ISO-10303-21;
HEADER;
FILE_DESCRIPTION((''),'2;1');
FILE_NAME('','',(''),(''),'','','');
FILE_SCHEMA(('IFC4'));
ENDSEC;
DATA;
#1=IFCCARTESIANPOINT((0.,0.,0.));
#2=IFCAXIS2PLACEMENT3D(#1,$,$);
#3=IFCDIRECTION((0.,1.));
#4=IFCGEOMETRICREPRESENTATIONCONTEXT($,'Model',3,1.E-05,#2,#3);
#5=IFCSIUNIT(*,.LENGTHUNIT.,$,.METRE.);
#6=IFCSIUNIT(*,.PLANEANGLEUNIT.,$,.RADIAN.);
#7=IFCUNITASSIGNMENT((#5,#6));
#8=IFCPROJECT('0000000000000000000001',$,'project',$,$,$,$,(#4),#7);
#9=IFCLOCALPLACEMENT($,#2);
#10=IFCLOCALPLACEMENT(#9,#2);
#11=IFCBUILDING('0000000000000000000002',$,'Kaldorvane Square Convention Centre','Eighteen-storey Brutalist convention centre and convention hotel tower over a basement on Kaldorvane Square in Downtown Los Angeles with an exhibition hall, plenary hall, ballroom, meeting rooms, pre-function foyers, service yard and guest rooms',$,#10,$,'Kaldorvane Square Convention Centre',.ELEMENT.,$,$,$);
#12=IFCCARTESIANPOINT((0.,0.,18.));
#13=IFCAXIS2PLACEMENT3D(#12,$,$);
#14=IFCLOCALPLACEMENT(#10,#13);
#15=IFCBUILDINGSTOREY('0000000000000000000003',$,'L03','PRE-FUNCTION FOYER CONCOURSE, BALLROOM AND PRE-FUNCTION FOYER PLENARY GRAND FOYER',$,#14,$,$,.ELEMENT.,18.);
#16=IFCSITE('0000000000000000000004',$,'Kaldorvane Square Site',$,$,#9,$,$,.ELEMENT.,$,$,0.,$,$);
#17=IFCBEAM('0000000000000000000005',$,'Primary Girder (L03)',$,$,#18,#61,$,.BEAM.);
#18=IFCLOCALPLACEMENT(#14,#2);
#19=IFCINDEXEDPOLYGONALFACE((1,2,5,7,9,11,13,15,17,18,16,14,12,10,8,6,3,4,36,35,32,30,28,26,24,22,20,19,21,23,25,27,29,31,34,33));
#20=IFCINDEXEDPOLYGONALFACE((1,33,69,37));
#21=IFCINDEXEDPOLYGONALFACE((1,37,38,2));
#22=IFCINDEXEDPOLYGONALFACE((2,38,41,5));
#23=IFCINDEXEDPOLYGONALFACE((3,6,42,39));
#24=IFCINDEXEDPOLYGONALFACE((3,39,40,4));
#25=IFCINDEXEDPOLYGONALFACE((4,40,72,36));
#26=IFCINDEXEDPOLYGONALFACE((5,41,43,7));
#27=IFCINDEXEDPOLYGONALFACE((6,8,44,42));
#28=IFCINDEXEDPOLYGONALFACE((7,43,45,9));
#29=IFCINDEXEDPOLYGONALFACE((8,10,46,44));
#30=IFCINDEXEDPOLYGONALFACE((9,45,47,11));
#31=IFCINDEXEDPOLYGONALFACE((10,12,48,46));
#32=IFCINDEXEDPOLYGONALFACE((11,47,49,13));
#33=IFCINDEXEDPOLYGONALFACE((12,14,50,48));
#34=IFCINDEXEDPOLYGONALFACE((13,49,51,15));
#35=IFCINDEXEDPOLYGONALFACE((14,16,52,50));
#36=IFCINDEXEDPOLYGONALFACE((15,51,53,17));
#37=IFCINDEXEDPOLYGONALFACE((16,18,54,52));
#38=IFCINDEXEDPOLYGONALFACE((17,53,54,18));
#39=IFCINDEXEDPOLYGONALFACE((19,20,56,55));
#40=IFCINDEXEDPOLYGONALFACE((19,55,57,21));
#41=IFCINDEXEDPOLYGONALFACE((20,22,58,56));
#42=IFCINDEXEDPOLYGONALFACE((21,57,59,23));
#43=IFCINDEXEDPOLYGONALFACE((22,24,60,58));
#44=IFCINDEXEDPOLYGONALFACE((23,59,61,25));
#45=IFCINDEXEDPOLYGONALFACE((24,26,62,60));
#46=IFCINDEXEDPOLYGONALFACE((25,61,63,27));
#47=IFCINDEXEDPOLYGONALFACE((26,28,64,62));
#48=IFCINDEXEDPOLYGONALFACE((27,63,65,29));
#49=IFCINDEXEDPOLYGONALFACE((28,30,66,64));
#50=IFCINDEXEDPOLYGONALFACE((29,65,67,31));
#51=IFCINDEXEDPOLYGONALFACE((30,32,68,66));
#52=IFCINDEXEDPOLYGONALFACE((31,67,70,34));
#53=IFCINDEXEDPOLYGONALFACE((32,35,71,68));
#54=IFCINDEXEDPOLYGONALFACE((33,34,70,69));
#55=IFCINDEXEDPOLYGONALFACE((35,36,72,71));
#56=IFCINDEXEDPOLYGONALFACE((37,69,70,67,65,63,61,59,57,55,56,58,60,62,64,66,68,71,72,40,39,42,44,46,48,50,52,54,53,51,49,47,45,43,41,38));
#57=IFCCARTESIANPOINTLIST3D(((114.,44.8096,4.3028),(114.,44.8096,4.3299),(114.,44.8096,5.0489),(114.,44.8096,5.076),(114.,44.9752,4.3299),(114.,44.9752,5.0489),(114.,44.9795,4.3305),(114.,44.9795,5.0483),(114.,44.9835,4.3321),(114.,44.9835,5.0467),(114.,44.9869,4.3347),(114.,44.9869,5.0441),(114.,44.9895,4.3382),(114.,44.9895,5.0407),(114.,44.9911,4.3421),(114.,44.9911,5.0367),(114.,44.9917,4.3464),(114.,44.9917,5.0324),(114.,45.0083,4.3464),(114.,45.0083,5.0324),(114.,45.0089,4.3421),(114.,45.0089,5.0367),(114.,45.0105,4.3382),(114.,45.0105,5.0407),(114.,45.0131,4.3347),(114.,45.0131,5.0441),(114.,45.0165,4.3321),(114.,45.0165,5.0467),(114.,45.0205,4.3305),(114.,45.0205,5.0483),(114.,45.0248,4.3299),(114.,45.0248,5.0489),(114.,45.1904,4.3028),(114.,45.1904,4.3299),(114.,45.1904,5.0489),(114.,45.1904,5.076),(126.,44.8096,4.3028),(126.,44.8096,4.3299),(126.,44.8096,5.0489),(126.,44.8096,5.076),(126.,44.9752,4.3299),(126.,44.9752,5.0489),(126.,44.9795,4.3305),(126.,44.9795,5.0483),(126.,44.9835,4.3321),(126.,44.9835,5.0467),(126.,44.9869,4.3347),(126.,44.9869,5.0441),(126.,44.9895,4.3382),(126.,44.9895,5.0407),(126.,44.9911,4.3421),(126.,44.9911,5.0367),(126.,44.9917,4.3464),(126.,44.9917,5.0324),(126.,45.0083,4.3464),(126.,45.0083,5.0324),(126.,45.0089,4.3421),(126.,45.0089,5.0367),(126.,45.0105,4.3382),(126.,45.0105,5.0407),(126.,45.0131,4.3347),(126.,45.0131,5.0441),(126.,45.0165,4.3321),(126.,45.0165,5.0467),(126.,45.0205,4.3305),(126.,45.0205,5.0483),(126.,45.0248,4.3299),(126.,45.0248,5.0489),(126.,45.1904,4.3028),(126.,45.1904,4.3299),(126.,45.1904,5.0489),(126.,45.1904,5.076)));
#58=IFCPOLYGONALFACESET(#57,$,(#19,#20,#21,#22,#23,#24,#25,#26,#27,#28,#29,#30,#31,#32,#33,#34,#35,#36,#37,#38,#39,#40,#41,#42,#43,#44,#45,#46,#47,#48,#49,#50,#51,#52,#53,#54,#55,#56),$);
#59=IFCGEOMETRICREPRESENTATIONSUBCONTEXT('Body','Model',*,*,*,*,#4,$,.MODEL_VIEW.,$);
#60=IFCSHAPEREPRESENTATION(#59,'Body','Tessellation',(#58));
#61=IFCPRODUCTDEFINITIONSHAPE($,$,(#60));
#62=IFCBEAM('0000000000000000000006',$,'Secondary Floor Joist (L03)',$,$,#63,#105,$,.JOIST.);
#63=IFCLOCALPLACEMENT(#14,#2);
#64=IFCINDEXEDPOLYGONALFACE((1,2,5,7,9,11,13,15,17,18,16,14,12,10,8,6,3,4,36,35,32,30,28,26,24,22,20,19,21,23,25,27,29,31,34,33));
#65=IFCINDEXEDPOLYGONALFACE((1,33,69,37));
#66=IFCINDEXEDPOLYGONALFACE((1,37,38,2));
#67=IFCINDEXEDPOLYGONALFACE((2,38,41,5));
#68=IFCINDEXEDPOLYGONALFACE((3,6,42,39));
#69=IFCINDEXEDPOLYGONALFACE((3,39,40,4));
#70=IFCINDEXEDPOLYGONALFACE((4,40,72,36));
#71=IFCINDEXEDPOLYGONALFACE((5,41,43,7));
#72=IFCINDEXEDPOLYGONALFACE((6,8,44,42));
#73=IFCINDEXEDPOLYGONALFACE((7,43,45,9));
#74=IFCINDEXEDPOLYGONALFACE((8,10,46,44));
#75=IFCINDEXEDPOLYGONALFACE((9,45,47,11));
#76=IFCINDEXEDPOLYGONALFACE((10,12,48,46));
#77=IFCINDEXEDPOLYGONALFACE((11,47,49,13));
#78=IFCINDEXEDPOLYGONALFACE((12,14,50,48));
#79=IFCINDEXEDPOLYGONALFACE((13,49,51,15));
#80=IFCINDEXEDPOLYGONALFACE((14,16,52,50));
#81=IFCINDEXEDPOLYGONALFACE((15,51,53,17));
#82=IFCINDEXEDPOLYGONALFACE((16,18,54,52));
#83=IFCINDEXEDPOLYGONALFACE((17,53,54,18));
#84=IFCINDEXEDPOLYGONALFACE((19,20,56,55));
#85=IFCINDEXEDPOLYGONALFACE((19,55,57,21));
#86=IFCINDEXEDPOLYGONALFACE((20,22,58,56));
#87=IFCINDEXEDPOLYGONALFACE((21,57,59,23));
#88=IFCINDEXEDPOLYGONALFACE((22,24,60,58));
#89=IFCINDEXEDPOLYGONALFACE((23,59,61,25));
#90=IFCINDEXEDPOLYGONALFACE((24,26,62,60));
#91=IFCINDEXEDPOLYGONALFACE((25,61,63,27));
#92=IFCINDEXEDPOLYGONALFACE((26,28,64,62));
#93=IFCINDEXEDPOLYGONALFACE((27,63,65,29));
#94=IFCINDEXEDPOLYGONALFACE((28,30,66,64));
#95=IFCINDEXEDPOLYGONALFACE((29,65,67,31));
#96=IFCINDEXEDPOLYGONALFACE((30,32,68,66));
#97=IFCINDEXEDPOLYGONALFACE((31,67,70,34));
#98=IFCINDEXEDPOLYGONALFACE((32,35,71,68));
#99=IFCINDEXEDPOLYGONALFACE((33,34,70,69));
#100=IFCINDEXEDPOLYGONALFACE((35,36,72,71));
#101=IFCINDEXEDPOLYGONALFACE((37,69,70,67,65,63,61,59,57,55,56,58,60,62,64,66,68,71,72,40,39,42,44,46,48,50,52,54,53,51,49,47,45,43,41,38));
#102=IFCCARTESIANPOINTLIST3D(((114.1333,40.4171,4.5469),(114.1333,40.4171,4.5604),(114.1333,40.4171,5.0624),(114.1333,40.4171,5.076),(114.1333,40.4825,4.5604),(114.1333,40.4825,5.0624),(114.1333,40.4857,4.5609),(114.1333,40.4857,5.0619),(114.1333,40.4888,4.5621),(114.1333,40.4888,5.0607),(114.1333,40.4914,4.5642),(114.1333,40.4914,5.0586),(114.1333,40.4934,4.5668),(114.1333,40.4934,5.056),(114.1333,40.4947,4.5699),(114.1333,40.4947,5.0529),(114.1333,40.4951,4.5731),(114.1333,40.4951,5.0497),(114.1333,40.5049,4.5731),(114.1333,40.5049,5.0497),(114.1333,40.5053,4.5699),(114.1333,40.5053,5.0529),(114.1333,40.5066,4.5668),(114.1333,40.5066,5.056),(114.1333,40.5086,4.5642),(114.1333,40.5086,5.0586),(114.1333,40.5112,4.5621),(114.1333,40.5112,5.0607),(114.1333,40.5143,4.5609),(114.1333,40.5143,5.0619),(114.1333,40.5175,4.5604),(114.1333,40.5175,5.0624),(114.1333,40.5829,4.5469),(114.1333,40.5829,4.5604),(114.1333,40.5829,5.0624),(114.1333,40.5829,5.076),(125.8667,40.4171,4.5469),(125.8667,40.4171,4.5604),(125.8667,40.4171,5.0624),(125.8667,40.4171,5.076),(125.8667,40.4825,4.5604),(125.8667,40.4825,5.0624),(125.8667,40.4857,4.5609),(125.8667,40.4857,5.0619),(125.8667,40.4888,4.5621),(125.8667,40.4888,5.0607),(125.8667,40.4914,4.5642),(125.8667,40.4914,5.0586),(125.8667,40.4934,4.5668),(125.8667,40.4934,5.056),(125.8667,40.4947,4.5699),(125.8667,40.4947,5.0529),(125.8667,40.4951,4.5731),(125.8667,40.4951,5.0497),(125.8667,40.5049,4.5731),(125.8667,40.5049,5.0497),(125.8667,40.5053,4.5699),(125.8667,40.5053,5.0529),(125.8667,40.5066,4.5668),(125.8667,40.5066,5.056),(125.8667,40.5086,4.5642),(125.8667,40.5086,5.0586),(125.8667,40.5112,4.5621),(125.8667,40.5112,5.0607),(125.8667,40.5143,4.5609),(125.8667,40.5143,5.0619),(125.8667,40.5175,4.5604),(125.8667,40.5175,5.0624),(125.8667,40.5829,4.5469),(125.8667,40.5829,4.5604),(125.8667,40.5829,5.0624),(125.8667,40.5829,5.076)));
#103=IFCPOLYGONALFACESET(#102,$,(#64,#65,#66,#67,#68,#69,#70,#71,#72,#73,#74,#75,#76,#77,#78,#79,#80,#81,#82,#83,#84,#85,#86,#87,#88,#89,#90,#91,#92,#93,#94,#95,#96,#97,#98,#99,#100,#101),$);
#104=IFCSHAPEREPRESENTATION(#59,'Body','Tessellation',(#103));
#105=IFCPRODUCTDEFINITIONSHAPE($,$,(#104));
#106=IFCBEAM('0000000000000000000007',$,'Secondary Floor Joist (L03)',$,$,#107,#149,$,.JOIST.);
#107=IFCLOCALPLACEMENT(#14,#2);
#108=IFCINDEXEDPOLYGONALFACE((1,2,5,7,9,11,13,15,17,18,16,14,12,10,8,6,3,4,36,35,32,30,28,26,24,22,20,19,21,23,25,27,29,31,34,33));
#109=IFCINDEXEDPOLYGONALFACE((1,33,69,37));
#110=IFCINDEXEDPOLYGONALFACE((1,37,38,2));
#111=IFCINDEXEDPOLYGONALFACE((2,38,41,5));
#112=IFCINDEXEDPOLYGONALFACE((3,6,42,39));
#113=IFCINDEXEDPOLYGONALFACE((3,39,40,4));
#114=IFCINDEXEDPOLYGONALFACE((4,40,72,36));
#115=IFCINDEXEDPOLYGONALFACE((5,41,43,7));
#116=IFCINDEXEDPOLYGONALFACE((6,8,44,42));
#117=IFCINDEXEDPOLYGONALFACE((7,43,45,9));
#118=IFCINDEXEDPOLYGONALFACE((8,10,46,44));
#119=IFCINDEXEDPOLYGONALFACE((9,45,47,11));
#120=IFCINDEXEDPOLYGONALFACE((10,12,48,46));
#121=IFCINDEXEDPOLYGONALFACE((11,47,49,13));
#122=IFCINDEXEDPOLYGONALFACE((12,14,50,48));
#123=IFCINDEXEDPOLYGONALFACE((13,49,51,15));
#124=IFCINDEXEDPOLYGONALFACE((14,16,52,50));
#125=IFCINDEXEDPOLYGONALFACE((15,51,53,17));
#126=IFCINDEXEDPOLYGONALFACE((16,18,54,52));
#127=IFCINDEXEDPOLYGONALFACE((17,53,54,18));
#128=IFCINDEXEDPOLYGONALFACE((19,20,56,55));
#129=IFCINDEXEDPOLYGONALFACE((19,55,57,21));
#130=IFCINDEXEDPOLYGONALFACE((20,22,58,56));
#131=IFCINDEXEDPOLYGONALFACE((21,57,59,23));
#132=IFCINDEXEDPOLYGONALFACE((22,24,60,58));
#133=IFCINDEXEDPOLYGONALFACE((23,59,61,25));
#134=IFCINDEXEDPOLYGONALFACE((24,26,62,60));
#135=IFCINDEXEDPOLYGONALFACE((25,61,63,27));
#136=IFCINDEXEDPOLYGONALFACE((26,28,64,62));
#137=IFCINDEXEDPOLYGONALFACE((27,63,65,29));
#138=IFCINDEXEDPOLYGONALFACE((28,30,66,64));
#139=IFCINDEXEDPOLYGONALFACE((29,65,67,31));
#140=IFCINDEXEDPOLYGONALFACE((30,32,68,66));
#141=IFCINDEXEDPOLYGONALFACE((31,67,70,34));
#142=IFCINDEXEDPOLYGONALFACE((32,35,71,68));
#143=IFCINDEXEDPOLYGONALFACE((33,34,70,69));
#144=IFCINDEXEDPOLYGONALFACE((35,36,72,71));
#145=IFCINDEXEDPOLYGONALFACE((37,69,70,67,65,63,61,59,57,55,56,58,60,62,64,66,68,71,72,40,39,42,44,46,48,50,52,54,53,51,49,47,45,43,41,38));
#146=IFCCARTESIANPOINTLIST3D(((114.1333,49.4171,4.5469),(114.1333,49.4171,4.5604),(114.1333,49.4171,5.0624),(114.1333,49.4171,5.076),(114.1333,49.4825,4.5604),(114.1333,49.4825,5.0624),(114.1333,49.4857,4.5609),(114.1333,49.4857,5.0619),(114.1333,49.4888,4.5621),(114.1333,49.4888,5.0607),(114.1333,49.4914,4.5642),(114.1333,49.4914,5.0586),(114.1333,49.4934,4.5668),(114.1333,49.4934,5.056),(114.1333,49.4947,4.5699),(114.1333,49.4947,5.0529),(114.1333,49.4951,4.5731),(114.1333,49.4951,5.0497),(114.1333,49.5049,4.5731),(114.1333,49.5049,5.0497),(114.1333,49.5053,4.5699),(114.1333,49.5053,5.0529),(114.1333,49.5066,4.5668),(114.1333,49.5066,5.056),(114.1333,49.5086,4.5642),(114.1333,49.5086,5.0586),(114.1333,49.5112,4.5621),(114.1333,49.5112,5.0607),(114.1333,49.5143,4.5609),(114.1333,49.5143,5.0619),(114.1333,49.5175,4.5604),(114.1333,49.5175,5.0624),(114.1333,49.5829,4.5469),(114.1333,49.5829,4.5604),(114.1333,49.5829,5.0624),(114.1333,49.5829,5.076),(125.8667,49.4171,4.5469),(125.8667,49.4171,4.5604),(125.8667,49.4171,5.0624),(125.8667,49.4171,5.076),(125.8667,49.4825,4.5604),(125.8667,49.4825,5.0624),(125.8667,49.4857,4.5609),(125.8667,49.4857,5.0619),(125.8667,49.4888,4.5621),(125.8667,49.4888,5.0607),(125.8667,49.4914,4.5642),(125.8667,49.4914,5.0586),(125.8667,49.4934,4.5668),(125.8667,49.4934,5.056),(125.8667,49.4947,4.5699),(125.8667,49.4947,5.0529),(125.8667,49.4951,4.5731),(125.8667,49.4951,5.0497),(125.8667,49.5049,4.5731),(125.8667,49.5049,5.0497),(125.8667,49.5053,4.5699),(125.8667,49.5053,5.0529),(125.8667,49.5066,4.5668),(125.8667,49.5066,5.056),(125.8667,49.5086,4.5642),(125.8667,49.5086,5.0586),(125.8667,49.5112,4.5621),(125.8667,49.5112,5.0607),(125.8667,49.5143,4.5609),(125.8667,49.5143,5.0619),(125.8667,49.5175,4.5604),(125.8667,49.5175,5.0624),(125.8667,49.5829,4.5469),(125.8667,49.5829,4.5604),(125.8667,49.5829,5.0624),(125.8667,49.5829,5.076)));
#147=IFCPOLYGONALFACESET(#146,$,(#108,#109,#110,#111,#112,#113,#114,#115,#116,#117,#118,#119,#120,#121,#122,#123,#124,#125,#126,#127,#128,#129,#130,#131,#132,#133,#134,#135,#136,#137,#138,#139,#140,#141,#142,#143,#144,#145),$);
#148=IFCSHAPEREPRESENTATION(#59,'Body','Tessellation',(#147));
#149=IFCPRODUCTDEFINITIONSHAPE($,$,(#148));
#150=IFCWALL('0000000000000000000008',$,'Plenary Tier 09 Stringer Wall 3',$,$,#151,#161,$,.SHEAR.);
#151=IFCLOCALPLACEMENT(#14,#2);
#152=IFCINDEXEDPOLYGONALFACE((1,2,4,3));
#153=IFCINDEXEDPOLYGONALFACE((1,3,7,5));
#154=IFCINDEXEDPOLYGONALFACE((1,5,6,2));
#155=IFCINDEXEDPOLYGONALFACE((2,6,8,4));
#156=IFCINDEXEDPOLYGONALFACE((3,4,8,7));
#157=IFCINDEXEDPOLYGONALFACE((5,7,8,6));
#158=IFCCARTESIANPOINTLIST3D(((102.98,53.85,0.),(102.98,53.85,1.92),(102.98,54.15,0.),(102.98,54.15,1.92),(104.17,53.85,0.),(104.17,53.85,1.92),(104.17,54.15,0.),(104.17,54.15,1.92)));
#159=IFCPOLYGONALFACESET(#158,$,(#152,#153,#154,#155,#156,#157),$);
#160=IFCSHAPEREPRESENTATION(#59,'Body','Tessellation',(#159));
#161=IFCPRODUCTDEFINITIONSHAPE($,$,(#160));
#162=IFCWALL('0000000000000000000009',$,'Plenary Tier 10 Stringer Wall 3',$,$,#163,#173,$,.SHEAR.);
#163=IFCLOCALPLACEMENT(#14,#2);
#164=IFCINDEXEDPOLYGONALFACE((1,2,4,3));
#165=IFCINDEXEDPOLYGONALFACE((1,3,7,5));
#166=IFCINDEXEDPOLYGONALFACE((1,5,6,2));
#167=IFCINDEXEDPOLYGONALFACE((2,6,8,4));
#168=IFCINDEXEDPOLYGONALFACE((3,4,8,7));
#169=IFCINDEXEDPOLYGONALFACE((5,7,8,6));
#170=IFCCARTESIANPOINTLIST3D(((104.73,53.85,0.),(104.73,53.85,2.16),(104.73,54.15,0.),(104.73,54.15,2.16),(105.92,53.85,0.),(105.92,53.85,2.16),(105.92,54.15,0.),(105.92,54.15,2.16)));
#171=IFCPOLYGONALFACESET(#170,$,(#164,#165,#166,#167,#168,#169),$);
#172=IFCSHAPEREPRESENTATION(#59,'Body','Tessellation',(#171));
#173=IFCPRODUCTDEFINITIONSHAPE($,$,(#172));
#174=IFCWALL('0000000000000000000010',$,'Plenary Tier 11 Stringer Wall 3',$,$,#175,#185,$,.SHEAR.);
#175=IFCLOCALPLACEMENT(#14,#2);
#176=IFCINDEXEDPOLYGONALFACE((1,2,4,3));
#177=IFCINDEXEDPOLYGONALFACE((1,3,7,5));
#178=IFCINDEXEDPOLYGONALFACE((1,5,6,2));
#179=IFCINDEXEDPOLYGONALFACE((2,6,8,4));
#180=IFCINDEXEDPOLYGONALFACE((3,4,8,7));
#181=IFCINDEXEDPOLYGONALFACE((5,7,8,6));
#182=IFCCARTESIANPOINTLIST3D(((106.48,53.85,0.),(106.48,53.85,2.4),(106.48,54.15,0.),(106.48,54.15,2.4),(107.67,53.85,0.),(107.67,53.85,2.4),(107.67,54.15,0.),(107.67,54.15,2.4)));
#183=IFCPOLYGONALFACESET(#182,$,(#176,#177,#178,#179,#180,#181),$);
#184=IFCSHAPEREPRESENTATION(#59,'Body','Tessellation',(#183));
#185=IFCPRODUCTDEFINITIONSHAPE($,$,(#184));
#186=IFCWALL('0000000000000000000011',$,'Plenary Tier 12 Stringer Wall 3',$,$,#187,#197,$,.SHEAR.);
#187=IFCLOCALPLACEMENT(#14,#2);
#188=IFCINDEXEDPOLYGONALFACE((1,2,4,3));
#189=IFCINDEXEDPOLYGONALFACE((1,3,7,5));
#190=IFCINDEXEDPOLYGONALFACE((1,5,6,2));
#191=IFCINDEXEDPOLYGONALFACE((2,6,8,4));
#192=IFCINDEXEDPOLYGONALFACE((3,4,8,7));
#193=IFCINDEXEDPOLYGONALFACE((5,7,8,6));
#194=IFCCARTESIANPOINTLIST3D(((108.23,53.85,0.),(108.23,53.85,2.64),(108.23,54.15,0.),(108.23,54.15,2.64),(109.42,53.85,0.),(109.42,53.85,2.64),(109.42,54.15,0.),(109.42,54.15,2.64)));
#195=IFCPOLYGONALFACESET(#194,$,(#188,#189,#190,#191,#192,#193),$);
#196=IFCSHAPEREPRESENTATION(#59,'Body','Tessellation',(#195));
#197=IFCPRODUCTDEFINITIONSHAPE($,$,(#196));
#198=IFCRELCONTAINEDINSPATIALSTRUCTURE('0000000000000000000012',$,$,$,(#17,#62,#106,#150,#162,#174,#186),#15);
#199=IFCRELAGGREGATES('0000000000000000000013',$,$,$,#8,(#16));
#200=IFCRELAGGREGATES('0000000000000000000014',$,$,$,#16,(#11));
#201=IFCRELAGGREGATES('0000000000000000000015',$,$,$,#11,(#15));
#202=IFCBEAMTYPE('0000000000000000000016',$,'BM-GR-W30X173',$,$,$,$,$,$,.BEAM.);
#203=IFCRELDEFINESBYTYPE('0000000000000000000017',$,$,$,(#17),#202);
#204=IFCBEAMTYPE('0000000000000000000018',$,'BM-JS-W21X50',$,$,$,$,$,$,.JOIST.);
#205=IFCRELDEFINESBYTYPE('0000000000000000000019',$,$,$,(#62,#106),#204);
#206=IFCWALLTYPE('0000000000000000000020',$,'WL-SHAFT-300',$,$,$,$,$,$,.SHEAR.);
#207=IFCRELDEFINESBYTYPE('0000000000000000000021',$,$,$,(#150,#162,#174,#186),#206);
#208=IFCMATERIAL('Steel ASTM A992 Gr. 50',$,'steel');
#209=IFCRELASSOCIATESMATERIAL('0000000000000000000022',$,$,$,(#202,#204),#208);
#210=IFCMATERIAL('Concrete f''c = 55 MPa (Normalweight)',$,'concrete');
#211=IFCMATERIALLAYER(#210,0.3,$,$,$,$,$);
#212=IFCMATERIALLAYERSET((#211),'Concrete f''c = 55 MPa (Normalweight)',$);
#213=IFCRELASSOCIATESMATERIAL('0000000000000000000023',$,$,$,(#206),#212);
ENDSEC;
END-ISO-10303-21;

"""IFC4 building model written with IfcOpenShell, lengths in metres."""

from ifc_helpers import new_model, si_unit, direction, frame, frame_2d, origin, origin_2d, place, context, subcontext, project, spatial, rectangle, i_section, extrude, material, layer, layer_set, material_profile, profile_set, type_object, element, save


model = new_model("IFC4")

# Units and contexts
model_context = context("Model", 3, precision=1e-05, world=origin(), true_north=direction((0.0, 1.0)))
body_context = subcontext(model_context, "Body", "Model", "MODEL_VIEW")
ifc_project = project(units=[si_unit("LENGTHUNIT", "METRE"), si_unit("PLANEANGLEUNIT", "RADIAN")], contexts=[model_context])

# Site, building, storey
site_placement = place(None, origin())
site = spatial("IfcSite", under=ifc_project, at=site_placement, Name="Kaldorvane Square Site", CompositionType="ELEMENT", RefElevation=0.0)
building_placement = place(site_placement, origin())
building = spatial("IfcBuilding", under=site, at=building_placement, Name="Kaldorvane Square Convention Centre", Description="Eighteen-storey Brutalist convention centre and convention hotel tower over a basement on Kaldorvane Square in Downtown Los Angeles with an exhibition hall, plenary hall, ballroom, meeting rooms, pre-function foyers, service yard and guest rooms", LongName="Kaldorvane Square Convention Centre", CompositionType="ELEMENT")
storey_placement = place(building_placement, frame((0.0, 0.0, 18.0)))
storey = spatial("IfcBuildingStorey", under=building, at=storey_placement, Name="L03", Description="PRE-FUNCTION FOYER CONCOURSE, BALLROOM AND PRE-FUNCTION FOYER PLENARY GRAND FOYER", CompositionType="ELEMENT", Elevation=18.0)

# Shared definitions
ifc_material_1 = material(Name="Steel ASTM A992 Gr. 50", Category="steel")

# Beams
ifc_material_profile_1 = material_profile(ifc_material_1, i_section(OverallWidth=0.3807, OverallDepth=0.7732, WebThickness=0.0166, FlangeThickness=0.0271, FilletRadius=0.0165, at=origin_2d()), Name="W30X173")
ifc_profile_set_1 = profile_set([ifc_material_profile_1], Name="Steel ASTM A992 Gr. 50")
beam_type_1 = type_object("IfcBeamType", Name="BM-GR-W30X173", PredefinedType="BEAM", material=ifc_profile_set_1)
beam_placement = place(storey_placement, frame((114.0, 45.0, 4.6894), z_axis=(1.0, 0.0, 0.0), x_axis=(0.0, 1.0, 0.0)))
element("IfcBeam", 1, at=beam_placement, inside=storey, type_object=beam_type_1, Name="Primary Girder (L03)", PredefinedType="BEAM", context=body_context, shape_type="SweptSolid", body=[
    extrude(i_section(OverallWidth=0.3807, OverallDepth=0.7732, WebThickness=0.0166, FlangeThickness=0.0271, FilletRadius=0.0165, at=origin_2d()), origin(), (0.0, 0.0, 1.0), 12.0),
])
ifc_material_profile_2 = material_profile(ifc_material_1, i_section(OverallWidth=0.1659, OverallDepth=0.5291, WebThickness=0.0097, FlangeThickness=0.0136, FilletRadius=0.0127, at=origin_2d()), Name="W21X50")
ifc_profile_set_2 = profile_set([ifc_material_profile_2], Name="Steel ASTM A992 Gr. 50")
beam_type_2 = type_object("IfcBeamType", Name="BM-JS-W21X50", PredefinedType="JOIST", material=ifc_profile_set_2)
for number, where, z_axis, x_axis, name in (
    (2, (114.1333, 40.5, 4.8114), (1.0, 0.0, 0.0), (0.0, 1.0, 0.0), "Secondary Floor Joist (L03)"),
    (3, (114.1333, 49.5, 4.8114), (1.0, 0.0, 0.0), (0.0, 1.0, 0.0), "Secondary Floor Joist (L03)"),
):
    element("IfcBeam", number, at=place(storey_placement, frame(where, z_axis=z_axis, x_axis=x_axis)), inside=storey, type_object=beam_type_2, Name=name, PredefinedType="JOIST", context=body_context, shape_type="SweptSolid", body=[
        extrude(i_section(OverallWidth=0.1659, OverallDepth=0.5291, WebThickness=0.0097, FlangeThickness=0.0136, FilletRadius=0.0127, at=origin_2d()), origin(), (0.0, 0.0, 1.0), 11.7334),
    ])

# Walls
ifc_material_2 = material(Name="Concrete f'c = 55 MPa (Normalweight)", Category="concrete")
ifc_layer = layer(ifc_material_2, 0.3)
ifc_layer_set = layer_set([ifc_layer], Name="Concrete f'c = 55 MPa (Normalweight)")
wall_type = type_object("IfcWallType", Name="WL-SHAFT-300", PredefinedType="SHEAR", material=ifc_layer_set)
wall_1_placement = place(storey_placement, frame((102.98, 54.0, 0.0), z_axis=(0.0, 0.0, 1.0), x_axis=(1.0, 0.0, 0.0)))
element("IfcWall", 4, at=wall_1_placement, inside=storey, type_object=wall_type, Name="Plenary Tier 09 Stringer Wall 3", PredefinedType="SHEAR", context=body_context, shape_type="SweptSolid", body=[
    extrude(rectangle(XDim=1.19, YDim=0.3, at=frame_2d((0.595, 0.0))), origin(), (0.0, 0.0, 1.0), 1.92),
])
wall_2_placement = place(storey_placement, frame((104.73, 54.0, 0.0), z_axis=(0.0, 0.0, 1.0), x_axis=(1.0, 0.0, 0.0)))
element("IfcWall", 5, at=wall_2_placement, inside=storey, type_object=wall_type, Name="Plenary Tier 10 Stringer Wall 3", PredefinedType="SHEAR", context=body_context, shape_type="SweptSolid", body=[
    extrude(rectangle(XDim=1.19, YDim=0.3, at=frame_2d((0.595, 0.0))), origin(), (0.0, 0.0, 1.0), 2.16),
])
wall_3_placement = place(storey_placement, frame((106.48, 54.0, 0.0), z_axis=(0.0, 0.0, 1.0), x_axis=(1.0, 0.0, 0.0)))
element("IfcWall", 6, at=wall_3_placement, inside=storey, type_object=wall_type, Name="Plenary Tier 11 Stringer Wall 3", PredefinedType="SHEAR", context=body_context, shape_type="SweptSolid", body=[
    extrude(rectangle(XDim=1.19, YDim=0.3, at=frame_2d((0.595, 0.0))), origin(), (0.0, 0.0, 1.0), 2.4),
])
wall_4_placement = place(storey_placement, frame((108.23, 54.0, 0.0), z_axis=(0.0, 0.0, 1.0), x_axis=(1.0, 0.0, 0.0)))
element("IfcWall", 7, at=wall_4_placement, inside=storey, type_object=wall_type, Name="Plenary Tier 12 Stringer Wall 3", PredefinedType="SHEAR", context=body_context, shape_type="SweptSolid", body=[
    extrude(rectangle(XDim=1.19, YDim=0.3, at=frame_2d((0.595, 0.0))), origin(), (0.0, 0.0, 1.0), 2.64),
])

save(model, "model.ifc")
